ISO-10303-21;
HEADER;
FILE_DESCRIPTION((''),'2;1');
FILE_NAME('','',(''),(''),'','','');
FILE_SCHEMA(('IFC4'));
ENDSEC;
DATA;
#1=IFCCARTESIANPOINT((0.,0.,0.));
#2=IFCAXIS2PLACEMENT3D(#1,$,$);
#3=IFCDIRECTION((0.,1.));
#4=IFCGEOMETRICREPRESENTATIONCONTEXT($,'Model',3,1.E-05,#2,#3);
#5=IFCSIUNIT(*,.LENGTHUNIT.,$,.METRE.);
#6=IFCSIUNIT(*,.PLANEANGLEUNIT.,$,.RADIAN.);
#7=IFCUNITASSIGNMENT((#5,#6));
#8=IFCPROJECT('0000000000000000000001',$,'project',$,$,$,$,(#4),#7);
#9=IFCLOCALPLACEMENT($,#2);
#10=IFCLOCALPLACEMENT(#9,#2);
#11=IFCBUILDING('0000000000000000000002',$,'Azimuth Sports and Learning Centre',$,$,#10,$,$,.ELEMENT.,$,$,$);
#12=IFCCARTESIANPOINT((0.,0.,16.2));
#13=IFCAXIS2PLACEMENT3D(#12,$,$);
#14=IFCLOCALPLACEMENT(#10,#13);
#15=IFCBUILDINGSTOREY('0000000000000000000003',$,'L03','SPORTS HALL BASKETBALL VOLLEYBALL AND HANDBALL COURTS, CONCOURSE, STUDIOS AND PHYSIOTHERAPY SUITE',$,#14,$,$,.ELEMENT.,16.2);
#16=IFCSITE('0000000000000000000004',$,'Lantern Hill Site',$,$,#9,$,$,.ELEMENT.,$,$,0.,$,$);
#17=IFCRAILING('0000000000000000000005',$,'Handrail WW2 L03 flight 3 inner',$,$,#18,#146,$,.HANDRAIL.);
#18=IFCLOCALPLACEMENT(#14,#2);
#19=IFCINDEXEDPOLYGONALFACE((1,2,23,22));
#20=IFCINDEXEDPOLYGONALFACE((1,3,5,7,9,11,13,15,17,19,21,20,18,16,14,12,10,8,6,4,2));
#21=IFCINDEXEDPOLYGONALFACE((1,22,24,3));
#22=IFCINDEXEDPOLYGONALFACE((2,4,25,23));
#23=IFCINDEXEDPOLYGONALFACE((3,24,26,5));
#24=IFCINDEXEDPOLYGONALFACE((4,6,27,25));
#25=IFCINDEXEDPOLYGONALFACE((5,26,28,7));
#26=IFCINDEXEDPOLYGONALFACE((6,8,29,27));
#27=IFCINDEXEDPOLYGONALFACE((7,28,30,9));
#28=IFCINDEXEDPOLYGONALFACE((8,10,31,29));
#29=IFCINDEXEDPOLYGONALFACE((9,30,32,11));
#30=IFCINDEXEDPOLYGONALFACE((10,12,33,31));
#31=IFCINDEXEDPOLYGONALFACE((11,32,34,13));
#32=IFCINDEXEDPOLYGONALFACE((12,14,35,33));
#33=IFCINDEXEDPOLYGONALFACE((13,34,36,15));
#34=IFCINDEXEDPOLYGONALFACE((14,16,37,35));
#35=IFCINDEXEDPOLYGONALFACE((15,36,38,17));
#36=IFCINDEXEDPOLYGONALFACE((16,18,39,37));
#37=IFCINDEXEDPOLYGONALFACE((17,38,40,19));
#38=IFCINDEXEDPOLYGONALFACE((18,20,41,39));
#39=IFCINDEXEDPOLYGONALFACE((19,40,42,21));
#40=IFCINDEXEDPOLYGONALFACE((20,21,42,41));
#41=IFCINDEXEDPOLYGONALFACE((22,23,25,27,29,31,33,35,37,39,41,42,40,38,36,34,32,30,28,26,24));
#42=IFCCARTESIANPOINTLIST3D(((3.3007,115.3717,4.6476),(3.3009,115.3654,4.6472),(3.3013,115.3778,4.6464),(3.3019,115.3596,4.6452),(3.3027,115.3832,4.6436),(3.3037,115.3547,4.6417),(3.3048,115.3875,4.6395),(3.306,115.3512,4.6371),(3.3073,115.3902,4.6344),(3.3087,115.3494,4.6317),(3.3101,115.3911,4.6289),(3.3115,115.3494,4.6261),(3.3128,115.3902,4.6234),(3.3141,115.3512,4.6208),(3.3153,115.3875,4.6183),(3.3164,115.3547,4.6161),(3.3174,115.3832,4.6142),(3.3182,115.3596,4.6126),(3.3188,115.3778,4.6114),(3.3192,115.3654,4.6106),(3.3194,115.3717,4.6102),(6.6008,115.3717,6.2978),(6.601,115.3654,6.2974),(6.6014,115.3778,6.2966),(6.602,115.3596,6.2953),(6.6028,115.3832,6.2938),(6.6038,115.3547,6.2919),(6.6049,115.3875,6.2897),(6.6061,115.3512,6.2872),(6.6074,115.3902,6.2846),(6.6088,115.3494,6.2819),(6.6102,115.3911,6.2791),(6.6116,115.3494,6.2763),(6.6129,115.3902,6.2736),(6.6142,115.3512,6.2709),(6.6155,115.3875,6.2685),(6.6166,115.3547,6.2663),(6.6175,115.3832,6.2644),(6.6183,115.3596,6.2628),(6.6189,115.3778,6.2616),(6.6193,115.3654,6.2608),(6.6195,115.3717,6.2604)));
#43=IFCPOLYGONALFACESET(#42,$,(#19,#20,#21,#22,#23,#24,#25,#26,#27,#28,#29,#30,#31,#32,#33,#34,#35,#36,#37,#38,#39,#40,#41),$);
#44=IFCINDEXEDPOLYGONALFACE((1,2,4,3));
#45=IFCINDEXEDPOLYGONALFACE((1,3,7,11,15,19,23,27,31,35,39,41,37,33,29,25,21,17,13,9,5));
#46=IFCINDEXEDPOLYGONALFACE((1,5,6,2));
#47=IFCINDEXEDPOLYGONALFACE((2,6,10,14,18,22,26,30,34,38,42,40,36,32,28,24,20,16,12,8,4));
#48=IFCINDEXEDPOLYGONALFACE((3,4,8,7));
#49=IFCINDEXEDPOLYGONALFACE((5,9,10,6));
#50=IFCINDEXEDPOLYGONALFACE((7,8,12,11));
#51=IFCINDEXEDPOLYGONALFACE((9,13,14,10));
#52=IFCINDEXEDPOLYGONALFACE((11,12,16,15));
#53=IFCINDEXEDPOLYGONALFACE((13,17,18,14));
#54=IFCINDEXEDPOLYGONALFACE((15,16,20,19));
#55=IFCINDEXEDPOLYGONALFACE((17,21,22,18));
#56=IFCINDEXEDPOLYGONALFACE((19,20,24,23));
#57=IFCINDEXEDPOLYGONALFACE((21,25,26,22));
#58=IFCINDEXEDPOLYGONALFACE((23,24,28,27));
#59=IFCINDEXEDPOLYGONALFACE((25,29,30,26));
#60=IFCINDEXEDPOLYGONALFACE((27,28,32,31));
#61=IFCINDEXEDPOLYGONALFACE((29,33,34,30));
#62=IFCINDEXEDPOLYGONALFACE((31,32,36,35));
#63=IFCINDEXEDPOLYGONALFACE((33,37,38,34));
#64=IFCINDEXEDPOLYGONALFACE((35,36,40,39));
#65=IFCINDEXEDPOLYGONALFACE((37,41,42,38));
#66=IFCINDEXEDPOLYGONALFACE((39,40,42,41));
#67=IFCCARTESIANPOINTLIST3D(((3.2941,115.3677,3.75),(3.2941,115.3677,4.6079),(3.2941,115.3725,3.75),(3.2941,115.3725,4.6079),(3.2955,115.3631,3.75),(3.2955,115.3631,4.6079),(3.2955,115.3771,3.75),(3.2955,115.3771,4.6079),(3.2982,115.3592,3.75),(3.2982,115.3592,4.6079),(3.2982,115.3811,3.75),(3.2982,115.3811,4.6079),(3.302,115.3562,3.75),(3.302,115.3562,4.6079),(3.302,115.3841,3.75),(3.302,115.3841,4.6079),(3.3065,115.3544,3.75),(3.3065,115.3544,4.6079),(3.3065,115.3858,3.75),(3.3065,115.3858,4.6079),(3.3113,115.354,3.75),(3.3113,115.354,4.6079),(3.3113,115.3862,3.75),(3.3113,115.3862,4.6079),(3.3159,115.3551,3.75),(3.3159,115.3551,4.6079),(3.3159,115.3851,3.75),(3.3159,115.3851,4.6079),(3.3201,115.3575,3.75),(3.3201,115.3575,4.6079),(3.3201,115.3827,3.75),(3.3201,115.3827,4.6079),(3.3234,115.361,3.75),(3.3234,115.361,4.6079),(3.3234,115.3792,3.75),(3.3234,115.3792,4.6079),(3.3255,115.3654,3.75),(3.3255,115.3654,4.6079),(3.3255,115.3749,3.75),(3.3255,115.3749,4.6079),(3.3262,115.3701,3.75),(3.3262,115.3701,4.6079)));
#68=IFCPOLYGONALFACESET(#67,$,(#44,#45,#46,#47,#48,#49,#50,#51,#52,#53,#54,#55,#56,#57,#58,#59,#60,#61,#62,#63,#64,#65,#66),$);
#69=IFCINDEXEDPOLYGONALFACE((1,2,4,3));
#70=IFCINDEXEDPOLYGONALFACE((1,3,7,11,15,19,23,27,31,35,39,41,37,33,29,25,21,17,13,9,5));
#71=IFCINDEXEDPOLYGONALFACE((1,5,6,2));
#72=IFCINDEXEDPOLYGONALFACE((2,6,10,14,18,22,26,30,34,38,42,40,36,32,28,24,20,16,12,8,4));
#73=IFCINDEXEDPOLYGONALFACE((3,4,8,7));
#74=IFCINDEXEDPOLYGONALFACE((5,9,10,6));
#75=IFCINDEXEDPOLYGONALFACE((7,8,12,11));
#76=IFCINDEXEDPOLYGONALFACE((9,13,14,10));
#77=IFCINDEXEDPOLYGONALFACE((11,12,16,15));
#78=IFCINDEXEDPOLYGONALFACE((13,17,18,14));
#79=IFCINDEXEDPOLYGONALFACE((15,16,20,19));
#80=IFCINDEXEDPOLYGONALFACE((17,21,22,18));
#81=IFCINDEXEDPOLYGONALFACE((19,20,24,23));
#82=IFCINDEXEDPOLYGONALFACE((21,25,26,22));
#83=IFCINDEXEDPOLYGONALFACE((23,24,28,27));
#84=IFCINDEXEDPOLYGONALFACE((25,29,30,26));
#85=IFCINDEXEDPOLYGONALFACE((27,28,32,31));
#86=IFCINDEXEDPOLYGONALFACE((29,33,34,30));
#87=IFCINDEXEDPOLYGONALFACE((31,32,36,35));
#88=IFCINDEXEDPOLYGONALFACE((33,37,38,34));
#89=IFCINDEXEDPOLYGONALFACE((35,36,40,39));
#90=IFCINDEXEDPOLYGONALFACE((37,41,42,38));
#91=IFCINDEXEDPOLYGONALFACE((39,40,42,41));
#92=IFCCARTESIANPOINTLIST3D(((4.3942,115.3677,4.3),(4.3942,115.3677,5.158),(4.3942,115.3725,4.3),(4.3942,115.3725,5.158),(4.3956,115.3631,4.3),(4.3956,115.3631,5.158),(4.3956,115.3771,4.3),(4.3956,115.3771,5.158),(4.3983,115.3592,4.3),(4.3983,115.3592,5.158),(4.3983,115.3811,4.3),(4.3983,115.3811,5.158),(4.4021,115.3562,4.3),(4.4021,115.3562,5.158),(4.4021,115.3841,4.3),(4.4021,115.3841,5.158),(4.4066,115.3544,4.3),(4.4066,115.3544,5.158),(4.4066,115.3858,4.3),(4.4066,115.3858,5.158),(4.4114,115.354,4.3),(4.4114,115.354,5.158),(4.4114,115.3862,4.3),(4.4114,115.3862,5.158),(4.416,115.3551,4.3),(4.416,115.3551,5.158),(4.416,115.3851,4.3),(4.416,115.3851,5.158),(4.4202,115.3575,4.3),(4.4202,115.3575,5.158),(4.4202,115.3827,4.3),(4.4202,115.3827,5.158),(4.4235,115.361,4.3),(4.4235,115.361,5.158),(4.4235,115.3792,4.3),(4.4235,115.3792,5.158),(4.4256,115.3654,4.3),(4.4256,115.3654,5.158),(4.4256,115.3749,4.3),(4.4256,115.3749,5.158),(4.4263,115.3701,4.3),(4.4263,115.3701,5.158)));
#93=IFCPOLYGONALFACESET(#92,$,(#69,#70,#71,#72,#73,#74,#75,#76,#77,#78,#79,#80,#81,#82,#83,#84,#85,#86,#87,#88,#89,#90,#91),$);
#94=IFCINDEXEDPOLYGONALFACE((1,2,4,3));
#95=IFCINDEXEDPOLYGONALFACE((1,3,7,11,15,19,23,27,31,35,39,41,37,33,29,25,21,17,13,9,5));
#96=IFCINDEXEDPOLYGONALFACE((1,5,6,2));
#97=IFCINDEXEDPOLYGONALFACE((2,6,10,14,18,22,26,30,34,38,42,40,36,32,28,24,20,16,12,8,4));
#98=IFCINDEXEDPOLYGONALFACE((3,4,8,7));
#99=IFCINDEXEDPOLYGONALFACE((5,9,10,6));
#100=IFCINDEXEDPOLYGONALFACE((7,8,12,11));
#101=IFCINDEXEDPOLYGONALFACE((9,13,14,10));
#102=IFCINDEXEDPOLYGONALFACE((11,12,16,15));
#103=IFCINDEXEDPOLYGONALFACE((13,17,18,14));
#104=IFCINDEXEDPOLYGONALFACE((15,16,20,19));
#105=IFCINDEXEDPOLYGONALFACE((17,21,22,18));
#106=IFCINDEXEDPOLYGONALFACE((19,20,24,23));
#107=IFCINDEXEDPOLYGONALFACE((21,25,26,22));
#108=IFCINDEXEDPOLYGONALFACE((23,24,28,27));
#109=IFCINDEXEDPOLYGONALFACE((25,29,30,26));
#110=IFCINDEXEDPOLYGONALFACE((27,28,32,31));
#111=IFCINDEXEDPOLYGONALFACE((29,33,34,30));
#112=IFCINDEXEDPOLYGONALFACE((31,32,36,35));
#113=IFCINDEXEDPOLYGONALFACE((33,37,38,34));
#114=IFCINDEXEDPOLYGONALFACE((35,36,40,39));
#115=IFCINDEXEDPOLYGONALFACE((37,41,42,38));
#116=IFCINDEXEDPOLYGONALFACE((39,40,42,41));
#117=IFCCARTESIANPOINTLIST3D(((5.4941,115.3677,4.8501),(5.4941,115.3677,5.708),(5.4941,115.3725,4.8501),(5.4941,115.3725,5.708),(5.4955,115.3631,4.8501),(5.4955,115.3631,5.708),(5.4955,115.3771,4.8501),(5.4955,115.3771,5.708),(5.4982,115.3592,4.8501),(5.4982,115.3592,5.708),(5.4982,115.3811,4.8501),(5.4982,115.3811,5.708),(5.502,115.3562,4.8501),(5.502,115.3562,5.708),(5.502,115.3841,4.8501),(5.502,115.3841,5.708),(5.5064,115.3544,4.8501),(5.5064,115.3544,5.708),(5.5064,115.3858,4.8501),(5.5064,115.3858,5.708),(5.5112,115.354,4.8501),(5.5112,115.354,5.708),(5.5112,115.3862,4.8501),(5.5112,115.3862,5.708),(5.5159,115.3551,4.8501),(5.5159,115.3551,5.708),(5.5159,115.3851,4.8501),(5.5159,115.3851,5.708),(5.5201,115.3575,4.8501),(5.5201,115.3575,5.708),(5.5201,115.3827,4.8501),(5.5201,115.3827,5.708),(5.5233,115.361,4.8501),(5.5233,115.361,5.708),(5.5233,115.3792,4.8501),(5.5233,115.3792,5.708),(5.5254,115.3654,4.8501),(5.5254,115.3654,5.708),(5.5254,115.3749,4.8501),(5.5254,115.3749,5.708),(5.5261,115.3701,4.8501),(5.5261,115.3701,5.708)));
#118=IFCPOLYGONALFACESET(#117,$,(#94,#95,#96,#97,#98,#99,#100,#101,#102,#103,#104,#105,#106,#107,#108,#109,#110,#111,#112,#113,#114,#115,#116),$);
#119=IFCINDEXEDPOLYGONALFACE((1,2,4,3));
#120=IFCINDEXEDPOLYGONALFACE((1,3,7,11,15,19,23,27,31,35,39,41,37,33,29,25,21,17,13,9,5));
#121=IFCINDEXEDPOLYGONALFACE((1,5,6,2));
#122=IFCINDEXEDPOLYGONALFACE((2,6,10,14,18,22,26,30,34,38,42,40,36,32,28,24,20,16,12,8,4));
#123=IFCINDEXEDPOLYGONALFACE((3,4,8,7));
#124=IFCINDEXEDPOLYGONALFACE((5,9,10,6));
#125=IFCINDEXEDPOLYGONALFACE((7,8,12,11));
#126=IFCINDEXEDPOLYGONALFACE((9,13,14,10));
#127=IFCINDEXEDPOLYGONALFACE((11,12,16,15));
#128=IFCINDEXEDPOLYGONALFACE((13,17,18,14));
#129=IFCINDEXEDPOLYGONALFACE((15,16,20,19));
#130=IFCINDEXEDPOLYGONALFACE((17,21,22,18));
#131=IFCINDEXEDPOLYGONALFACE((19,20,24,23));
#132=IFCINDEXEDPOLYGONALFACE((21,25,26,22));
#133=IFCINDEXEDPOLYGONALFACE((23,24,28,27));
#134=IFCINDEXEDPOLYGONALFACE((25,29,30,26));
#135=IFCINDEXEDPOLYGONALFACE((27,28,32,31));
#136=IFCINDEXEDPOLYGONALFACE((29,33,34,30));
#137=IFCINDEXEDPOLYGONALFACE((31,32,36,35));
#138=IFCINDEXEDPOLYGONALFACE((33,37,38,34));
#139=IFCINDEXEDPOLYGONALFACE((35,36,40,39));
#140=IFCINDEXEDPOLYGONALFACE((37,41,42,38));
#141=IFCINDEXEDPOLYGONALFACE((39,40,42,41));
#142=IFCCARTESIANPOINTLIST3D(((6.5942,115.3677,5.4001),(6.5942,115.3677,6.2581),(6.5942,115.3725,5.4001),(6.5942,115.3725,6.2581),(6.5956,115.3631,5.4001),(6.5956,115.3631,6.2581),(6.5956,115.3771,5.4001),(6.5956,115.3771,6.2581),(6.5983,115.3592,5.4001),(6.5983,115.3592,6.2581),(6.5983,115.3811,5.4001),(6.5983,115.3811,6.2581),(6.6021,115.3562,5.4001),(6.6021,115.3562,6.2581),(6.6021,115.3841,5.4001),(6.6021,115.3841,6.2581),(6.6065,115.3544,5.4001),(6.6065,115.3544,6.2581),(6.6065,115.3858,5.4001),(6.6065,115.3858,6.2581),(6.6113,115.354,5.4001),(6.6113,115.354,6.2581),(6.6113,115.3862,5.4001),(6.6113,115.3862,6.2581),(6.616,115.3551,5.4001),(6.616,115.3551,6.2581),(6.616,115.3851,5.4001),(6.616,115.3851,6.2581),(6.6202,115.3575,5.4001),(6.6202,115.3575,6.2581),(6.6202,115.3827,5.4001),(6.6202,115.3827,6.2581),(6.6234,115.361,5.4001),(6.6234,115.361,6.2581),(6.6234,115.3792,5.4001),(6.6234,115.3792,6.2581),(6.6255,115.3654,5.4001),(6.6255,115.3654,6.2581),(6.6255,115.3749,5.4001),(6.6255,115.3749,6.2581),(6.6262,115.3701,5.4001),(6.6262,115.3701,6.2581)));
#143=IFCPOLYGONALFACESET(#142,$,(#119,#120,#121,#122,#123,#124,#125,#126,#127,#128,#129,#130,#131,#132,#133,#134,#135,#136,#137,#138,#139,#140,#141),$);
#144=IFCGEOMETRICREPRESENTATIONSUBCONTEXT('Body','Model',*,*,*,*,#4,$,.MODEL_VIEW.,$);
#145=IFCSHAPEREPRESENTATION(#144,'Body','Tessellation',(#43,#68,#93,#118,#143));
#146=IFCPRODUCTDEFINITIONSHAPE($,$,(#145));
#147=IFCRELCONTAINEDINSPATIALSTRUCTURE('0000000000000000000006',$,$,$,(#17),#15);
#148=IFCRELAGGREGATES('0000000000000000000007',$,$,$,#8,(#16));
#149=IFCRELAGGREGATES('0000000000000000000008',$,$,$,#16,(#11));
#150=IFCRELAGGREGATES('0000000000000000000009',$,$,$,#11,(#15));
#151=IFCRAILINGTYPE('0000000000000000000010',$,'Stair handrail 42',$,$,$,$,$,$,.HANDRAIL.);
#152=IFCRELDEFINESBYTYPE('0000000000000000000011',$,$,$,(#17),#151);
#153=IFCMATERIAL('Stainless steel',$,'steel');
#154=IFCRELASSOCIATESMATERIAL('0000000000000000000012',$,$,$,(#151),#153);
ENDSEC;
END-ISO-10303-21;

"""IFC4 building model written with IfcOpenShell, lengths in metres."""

from ifc_helpers import new_model, si_unit, direction, frame, origin, origin_2d, place, context, subcontext, project, spatial, circle, extrude, material, type_object, element, save


model = new_model("IFC4")

# Units and contexts
model_context = context("Model", 3, precision=1e-05, world=origin(), true_north=direction((0.0, 1.0)))
body_context = subcontext(model_context, "Body", "Model", "MODEL_VIEW")
ifc_project = project(units=[si_unit("LENGTHUNIT", "METRE"), si_unit("PLANEANGLEUNIT", "RADIAN")], contexts=[model_context])

# Site, building, storey
site_placement = place(None, origin())
site = spatial("IfcSite", under=ifc_project, at=site_placement, Name="Lantern Hill Site", CompositionType="ELEMENT", RefElevation=0.0)
building_placement = place(site_placement, origin())
building = spatial("IfcBuilding", under=site, at=building_placement, Name="Azimuth Sports and Learning Centre", CompositionType="ELEMENT")
storey_placement = place(building_placement, frame((0.0, 0.0, 16.2)))
storey = spatial("IfcBuildingStorey", under=building, at=storey_placement, Name="L03", Description="SPORTS HALL BASKETBALL VOLLEYBALL AND HANDBALL COURTS, CONCOURSE, STUDIOS AND PHYSIOTHERAPY SUITE", CompositionType="ELEMENT", Elevation=16.2)

# Railing
ifc_material_1 = material(Name="Stainless steel", Category="steel")
railing_type_1 = type_object("IfcRailingType", Name="Stair handrail 42", PredefinedType="HANDRAIL", material=ifc_material_1)
for number, where, name in (
    (1, (3.3101, 115.3701, 3.75), "Handrail WW2 L03 flight 3 inner"),
):
    element("IfcRailing", number, at=place(storey_placement, frame(where)), inside=storey, type_object=railing_type_1, Name=name, PredefinedType="HANDRAIL", context=body_context, shape_type="SweptSolid", body=[
        extrude(circle(Radius=0.021, at=origin_2d()), frame((0.0, 0.0, 0.8789), z_axis=(0.894414, 0.0, 0.44724), x_axis=(0.0, 1.0, 0.0)), (0.0, 0.0, 1.0), 3.6897),
        extrude(circle(Radius=0.0161, at=origin_2d()), origin(), (0.0, 0.0, 1.0), 0.8579),
        extrude(circle(Radius=0.0161, at=origin_2d()), frame((1.1001, 0.0, 0.55)), (0.0, 0.0, 1.0), 0.8579),
        extrude(circle(Radius=0.0161, at=origin_2d()), frame((2.2, 0.0, 1.1001)), (0.0, 0.0, 1.0), 0.8579),
        extrude(circle(Radius=0.0161, at=origin_2d()), frame((3.3, 0.0, 1.6501)), (0.0, 0.0, 1.0), 0.8579),
    ])

save(model, "model.ifc")
